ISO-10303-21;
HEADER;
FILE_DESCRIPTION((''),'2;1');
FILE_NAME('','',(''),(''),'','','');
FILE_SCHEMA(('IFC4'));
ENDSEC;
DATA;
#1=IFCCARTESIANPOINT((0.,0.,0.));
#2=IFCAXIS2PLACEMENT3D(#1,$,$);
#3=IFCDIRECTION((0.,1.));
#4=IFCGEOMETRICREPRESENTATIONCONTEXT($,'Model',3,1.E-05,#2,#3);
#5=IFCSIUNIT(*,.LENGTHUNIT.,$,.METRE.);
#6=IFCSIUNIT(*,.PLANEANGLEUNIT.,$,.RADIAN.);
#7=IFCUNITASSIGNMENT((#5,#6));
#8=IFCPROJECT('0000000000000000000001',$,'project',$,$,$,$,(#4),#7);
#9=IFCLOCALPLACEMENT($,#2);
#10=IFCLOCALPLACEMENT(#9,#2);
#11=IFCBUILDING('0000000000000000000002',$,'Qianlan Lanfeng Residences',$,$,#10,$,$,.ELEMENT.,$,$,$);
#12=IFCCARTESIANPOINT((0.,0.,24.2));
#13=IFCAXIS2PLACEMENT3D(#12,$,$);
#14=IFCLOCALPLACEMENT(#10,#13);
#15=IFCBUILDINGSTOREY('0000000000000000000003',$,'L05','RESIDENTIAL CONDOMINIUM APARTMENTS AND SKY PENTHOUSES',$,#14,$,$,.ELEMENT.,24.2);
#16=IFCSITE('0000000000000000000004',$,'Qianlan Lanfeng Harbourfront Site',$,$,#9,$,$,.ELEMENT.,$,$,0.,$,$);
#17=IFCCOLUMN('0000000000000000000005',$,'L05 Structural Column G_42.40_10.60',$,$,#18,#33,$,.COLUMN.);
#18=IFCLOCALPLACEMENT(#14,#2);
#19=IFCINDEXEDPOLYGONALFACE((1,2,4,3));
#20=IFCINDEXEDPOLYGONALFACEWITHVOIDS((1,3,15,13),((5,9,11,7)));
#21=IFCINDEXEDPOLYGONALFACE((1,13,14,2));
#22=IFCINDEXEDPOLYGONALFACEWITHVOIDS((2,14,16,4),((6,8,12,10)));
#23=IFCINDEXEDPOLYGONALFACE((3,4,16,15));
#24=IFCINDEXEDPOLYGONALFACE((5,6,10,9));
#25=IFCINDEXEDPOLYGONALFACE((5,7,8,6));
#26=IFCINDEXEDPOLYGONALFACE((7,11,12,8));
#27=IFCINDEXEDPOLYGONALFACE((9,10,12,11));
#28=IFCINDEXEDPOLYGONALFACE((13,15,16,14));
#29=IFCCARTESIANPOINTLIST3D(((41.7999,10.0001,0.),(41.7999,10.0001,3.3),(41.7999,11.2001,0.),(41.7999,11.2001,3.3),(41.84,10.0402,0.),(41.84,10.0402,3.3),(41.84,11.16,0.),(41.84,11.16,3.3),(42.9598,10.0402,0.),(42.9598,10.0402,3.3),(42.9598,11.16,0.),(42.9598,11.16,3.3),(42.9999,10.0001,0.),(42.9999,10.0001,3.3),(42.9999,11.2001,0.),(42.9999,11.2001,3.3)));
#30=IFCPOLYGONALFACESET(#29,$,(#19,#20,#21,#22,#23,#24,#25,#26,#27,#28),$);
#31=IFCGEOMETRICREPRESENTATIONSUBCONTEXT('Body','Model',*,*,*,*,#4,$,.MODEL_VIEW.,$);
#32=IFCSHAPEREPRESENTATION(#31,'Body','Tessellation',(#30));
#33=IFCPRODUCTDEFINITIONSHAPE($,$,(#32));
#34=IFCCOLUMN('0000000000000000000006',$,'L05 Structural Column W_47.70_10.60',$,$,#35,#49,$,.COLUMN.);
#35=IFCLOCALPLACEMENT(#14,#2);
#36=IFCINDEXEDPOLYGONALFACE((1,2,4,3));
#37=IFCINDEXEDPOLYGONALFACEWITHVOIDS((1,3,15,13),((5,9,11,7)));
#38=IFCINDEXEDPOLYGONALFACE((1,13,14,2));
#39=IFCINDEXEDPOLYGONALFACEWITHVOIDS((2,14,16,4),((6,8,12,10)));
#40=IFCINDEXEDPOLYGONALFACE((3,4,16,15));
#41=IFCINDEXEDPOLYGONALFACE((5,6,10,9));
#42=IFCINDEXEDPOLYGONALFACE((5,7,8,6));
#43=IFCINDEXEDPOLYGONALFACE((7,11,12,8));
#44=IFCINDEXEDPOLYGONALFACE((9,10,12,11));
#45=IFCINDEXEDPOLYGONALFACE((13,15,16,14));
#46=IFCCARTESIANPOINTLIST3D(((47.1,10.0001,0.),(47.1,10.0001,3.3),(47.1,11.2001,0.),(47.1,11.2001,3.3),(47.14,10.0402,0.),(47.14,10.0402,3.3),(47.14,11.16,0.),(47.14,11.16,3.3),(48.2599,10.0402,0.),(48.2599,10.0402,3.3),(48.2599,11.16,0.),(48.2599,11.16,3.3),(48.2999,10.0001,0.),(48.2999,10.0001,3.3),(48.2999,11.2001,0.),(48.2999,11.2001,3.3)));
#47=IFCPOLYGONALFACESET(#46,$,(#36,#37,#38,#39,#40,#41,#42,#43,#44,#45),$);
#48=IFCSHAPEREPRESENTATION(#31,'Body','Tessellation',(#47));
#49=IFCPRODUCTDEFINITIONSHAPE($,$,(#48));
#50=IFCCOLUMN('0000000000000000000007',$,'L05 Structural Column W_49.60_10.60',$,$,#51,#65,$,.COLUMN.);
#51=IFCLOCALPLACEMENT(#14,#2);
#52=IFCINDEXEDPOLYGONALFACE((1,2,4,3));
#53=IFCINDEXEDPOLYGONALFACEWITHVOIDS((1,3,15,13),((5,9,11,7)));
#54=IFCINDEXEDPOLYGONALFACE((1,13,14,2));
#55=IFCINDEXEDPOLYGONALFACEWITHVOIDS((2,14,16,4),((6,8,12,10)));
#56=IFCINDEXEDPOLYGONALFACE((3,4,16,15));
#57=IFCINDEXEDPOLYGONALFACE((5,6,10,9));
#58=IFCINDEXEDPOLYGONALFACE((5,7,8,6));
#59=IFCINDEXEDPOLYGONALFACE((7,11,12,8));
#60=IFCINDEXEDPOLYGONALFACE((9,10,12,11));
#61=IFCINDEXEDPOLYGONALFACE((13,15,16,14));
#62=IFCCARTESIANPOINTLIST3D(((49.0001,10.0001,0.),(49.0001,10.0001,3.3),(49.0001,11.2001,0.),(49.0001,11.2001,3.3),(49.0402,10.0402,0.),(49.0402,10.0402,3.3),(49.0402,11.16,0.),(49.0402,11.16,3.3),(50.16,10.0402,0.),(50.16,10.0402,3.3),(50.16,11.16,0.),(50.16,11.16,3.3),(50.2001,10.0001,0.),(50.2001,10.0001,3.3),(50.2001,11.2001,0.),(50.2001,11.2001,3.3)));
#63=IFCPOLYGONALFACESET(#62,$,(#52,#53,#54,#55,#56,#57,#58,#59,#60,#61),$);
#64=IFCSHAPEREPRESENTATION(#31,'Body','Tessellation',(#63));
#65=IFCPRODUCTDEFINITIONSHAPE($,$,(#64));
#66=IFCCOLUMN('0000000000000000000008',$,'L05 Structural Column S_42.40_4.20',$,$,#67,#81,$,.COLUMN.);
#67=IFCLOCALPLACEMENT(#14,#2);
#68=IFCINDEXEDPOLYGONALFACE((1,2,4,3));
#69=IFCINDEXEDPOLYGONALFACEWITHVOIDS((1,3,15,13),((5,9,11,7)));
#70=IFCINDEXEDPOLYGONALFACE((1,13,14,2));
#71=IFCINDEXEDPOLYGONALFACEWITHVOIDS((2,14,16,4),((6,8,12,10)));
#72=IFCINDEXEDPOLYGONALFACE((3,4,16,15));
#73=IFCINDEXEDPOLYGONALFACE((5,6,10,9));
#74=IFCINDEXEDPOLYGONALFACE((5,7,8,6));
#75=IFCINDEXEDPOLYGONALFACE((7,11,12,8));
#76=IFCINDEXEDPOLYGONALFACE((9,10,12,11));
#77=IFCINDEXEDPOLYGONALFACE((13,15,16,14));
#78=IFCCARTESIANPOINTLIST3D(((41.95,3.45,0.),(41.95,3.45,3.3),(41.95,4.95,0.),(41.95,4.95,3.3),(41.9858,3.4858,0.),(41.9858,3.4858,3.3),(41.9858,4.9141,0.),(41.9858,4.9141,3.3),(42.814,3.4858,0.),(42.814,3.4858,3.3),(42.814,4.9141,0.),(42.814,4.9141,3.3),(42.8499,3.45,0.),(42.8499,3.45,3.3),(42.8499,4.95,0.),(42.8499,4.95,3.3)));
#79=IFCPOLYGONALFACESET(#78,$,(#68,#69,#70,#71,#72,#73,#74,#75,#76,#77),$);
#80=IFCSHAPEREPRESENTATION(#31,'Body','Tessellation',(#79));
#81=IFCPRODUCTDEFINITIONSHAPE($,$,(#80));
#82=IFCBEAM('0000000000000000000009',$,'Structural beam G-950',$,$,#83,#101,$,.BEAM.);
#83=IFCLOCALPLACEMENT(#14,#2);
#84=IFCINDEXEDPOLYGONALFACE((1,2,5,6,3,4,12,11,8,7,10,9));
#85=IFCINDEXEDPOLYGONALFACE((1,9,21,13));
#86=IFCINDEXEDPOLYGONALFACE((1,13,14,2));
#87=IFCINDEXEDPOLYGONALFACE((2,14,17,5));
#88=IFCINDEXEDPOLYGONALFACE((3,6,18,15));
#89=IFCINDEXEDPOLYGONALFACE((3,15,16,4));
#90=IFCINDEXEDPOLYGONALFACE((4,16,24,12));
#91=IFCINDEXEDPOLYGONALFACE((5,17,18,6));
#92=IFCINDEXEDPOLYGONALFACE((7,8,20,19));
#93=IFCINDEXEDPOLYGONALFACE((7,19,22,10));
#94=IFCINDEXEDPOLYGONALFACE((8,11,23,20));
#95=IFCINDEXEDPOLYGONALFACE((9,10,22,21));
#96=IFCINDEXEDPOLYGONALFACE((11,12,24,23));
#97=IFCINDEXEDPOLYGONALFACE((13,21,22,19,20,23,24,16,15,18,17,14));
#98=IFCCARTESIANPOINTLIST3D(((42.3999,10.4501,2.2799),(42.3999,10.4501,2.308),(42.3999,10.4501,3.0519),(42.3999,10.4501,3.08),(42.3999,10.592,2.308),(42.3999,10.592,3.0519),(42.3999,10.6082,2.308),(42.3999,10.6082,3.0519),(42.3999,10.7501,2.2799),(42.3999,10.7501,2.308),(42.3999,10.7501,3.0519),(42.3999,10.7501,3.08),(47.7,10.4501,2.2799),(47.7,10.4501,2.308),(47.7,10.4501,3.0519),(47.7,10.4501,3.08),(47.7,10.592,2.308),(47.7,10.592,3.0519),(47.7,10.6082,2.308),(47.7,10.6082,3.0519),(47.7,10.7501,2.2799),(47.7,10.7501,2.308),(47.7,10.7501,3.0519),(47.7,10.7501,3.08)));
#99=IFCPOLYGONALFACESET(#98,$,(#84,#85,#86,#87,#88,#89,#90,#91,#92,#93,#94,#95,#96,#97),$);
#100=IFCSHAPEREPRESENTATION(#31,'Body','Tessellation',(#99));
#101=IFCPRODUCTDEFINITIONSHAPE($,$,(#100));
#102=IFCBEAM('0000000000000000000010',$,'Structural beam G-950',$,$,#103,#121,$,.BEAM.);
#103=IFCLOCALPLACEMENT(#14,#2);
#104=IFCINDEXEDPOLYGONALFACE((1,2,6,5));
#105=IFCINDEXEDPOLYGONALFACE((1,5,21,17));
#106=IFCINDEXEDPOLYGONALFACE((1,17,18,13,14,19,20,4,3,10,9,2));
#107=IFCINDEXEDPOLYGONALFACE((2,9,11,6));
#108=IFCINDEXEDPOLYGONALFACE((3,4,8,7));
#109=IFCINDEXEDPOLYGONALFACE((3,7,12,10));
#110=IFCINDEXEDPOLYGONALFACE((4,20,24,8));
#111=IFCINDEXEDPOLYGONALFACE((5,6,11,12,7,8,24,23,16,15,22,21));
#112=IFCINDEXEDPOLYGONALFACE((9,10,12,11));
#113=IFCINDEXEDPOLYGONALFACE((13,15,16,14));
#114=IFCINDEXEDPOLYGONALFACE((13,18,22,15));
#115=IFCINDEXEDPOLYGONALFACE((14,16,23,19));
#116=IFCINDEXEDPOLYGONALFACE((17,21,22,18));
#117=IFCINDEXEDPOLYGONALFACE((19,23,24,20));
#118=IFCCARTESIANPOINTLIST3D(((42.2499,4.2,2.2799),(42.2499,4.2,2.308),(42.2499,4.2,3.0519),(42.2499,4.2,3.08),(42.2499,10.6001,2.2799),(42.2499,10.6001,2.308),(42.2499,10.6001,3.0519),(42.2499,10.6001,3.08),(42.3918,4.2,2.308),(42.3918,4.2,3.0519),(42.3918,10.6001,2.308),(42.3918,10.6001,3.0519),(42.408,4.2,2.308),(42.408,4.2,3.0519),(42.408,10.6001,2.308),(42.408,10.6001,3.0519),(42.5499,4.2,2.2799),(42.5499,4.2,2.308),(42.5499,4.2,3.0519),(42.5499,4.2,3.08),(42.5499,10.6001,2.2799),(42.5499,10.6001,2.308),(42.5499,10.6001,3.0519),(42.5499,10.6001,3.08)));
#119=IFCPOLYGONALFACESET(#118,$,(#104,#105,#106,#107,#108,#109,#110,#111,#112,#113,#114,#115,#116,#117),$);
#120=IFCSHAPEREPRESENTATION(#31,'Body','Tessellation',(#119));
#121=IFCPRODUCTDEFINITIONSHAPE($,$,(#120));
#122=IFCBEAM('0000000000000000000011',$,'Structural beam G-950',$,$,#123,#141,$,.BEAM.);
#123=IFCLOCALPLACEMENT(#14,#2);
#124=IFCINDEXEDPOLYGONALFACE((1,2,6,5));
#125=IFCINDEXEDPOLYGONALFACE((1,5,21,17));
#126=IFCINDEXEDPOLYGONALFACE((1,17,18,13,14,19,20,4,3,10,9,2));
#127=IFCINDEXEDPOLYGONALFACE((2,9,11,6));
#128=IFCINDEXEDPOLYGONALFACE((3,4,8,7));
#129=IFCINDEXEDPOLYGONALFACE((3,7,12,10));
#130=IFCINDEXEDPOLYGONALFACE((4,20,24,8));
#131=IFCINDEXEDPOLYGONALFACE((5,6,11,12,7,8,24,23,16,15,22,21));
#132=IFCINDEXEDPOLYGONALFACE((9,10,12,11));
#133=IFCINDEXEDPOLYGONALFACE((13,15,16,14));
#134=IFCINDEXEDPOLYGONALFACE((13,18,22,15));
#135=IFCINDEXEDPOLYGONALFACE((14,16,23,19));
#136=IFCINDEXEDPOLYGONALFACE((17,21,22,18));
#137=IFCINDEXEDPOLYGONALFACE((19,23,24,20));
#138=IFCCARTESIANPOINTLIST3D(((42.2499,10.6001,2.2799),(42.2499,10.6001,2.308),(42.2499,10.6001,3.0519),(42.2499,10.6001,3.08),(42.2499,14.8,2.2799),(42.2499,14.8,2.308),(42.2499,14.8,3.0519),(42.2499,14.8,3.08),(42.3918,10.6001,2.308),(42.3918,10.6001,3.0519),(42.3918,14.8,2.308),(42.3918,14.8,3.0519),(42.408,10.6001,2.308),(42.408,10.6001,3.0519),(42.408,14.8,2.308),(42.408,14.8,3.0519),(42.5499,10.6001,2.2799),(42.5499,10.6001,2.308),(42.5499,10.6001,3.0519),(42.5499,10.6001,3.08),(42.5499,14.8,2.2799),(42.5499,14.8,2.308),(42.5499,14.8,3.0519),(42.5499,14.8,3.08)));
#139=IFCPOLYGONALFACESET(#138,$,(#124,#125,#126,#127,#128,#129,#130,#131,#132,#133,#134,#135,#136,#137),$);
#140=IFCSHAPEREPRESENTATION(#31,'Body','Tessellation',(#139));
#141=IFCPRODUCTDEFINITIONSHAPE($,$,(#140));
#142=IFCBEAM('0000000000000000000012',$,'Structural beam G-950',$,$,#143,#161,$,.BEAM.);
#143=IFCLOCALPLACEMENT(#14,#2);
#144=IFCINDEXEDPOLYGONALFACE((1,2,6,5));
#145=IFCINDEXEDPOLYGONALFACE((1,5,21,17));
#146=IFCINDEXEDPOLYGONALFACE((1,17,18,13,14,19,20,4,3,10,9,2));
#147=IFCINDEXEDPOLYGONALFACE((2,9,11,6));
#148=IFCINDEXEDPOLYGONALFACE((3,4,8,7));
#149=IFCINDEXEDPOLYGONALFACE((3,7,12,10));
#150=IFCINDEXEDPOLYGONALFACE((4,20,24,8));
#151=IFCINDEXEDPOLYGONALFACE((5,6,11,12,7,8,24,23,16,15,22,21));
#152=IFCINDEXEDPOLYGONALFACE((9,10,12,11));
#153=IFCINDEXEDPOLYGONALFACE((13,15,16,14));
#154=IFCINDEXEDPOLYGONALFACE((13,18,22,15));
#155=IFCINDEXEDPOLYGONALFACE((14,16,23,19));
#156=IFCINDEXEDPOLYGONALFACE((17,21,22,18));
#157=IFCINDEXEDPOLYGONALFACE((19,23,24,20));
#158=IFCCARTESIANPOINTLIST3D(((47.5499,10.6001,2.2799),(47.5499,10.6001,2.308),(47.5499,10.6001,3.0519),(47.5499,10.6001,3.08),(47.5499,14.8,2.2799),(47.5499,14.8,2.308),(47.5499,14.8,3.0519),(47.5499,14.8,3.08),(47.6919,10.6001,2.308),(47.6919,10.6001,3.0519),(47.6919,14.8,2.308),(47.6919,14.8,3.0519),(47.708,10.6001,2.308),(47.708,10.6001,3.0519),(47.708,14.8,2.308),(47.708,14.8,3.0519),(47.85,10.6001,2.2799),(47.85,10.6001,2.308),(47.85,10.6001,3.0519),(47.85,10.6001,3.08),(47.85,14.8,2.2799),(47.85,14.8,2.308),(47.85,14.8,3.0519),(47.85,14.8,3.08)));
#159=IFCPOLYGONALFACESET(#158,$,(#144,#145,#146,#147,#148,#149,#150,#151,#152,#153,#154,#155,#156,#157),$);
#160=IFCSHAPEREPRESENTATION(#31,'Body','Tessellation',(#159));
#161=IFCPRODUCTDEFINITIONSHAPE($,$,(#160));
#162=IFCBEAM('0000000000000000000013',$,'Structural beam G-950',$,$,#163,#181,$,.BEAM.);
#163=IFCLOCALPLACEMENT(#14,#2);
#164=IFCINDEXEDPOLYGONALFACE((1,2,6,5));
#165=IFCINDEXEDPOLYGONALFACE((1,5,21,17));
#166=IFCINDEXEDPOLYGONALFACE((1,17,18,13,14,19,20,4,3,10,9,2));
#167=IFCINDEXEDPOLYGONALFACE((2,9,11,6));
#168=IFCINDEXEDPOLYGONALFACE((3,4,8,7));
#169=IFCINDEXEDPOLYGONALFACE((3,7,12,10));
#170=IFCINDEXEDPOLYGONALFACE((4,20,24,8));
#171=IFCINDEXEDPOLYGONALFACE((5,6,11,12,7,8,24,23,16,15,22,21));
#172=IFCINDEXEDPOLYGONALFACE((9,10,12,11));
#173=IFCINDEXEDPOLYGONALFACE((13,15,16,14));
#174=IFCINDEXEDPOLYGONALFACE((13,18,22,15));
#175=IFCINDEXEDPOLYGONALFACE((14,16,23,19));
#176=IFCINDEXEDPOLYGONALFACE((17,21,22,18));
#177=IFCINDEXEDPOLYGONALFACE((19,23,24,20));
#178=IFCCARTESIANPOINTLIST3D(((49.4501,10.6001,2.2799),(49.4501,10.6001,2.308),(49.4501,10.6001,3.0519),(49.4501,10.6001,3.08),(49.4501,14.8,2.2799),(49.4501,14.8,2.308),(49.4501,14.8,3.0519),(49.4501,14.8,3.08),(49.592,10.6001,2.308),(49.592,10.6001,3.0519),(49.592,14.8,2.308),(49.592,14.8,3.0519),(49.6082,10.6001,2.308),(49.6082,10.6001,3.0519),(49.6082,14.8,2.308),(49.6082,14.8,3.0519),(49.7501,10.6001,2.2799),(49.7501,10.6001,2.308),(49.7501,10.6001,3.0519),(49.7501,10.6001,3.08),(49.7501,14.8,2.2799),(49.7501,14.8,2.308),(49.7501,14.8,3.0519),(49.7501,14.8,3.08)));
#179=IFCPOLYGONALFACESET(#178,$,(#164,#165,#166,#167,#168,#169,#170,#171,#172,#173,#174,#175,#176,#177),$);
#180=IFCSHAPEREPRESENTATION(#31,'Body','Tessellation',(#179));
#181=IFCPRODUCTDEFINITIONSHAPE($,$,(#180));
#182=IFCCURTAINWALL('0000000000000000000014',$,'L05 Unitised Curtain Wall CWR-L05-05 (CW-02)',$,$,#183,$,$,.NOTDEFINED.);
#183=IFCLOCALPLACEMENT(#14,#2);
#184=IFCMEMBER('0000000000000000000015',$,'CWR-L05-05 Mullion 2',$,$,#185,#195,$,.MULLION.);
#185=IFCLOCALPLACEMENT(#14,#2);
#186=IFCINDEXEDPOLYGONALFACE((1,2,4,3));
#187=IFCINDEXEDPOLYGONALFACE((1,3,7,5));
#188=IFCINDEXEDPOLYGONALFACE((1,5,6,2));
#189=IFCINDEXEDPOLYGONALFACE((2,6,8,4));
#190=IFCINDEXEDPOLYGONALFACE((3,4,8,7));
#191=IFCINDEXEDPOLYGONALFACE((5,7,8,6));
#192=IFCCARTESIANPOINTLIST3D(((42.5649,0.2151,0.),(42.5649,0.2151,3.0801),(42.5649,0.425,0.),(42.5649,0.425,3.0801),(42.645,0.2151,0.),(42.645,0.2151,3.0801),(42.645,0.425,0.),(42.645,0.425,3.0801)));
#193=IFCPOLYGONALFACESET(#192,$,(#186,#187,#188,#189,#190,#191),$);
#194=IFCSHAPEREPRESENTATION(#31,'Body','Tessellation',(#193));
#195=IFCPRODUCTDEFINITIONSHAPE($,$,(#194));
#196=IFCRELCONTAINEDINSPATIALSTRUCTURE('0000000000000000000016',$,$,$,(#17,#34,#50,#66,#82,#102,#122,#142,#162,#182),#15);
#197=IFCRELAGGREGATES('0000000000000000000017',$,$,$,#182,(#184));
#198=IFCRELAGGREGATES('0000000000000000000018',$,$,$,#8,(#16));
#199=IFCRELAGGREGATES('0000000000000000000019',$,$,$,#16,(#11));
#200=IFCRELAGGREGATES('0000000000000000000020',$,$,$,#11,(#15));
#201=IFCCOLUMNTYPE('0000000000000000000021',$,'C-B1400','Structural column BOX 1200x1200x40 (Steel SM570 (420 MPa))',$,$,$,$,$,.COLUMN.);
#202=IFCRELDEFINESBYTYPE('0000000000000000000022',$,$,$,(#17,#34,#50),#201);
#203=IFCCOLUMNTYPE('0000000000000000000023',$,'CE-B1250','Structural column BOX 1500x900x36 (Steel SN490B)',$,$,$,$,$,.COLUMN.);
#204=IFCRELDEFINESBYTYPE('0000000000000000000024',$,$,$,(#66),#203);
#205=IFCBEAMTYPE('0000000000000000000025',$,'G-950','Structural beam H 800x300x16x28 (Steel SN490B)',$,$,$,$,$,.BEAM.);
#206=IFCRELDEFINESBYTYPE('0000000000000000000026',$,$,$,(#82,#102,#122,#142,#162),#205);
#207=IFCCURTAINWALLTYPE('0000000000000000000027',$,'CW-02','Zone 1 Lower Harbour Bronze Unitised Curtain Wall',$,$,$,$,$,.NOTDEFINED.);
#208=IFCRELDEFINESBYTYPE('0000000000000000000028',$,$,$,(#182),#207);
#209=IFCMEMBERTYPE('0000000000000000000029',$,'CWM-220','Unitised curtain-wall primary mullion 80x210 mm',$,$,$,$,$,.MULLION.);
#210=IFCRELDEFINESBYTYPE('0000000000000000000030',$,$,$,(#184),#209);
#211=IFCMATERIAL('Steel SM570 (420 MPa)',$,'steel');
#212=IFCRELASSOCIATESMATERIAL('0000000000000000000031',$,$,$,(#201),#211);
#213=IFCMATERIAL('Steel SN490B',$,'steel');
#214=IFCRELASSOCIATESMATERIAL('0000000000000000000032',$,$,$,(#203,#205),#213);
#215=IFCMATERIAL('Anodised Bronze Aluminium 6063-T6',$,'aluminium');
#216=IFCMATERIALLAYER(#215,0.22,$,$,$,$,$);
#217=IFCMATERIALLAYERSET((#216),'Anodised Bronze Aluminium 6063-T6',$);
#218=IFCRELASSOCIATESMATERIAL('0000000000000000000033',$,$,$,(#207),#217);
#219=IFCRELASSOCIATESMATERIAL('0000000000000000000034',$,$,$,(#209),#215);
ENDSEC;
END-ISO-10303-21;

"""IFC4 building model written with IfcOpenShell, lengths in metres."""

from ifc_helpers import new_model, si_unit, direction, frame, origin, origin_2d, place, context, subcontext, project, spatial, rectangle, hollow_rectangle, i_section, extrude, source, transform, mapped, material, layer, layer_set, material_profile, profile_set, type_object, element, aggregate, save


model = new_model("IFC4")

# Units and contexts
model_context = context("Model", 3, precision=1e-05, world=origin(), true_north=direction((0.0, 1.0)))
body_context = subcontext(model_context, "Body", "Model", "MODEL_VIEW")
ifc_project = project(units=[si_unit("LENGTHUNIT", "METRE"), si_unit("PLANEANGLEUNIT", "RADIAN")], contexts=[model_context])

# Site, building, storey
site_placement = place(None, origin())
site = spatial("IfcSite", under=ifc_project, at=site_placement, Name="Qianlan Lanfeng Harbourfront Site", CompositionType="ELEMENT", RefElevation=0.0)
building_placement = place(site_placement, origin())
building = spatial("IfcBuilding", under=site, at=building_placement, Name="Qianlan Lanfeng Residences", CompositionType="ELEMENT")
storey_placement = place(building_placement, frame((0.0, 0.0, 24.2)))
storey = spatial("IfcBuildingStorey", under=building, at=storey_placement, Name="L05", Description="RESIDENTIAL CONDOMINIUM APARTMENTS AND SKY PENTHOUSES", CompositionType="ELEMENT", Elevation=24.2)

# Columns
ifc_material_1 = material(Name="Steel SM570 (420 MPa)", Category="steel")
ifc_material_profile_1 = material_profile(ifc_material_1, hollow_rectangle(XDim=1.2, YDim=1.2, WallThickness=0.04, at=origin_2d()), Name="BOX 1200x1200x40")
ifc_profile_set_1 = profile_set([ifc_material_profile_1], Name="Steel SM570 (420 MPa)")
column_type_1 = type_object("IfcColumnType", Name="C-B1400", Description="Structural column BOX 1200x1200x40 (Steel SM570 (420 MPa))", PredefinedType="COLUMN", material=ifc_profile_set_1)
for number, where, z_axis, x_axis, name in (
    (1, (42.3999, 10.6001, 0.0), (0.0, 0.0, 1.0), (1.0, 0.0, 0.0), "L05 Structural Column G_42.40_10.60"),
    (2, (47.7, 10.6001, 0.0), (0.0, 0.0, 1.0), (1.0, 0.0, 0.0), "L05 Structural Column W_47.70_10.60"),
    (3, (49.6001, 10.6001, 0.0), (0.0, 0.0, 1.0), (1.0, 0.0, 0.0), "L05 Structural Column W_49.60_10.60"),
):
    element("IfcColumn", number, at=place(storey_placement, frame(where, z_axis=z_axis, x_axis=x_axis)), inside=storey, type_object=column_type_1, Name=name, PredefinedType="COLUMN", context=body_context, shape_type="SweptSolid", body=[
        extrude(hollow_rectangle(XDim=1.2, YDim=1.2, WallThickness=0.04, at=origin_2d()), origin(), (0.0, 0.0, 1.0), 3.3),
    ])
ifc_material_2 = material(Name="Steel SN490B", Category="steel")
ifc_material_profile_2 = material_profile(ifc_material_2, hollow_rectangle(XDim=0.8999, YDim=1.5, WallThickness=0.0359, at=origin_2d()), Name="BOX 1500x900x36")
ifc_profile_set_2 = profile_set([ifc_material_profile_2], Name="Steel SN490B")
column_type_2 = type_object("IfcColumnType", Name="CE-B1250", Description="Structural column BOX 1500x900x36 (Steel SN490B)", PredefinedType="COLUMN", material=ifc_profile_set_2)
column_placement = place(storey_placement, frame((42.3999, 4.2, 0.0), z_axis=(0.0, 0.0, 1.0), x_axis=(1.0, 0.0, 0.0)))
element("IfcColumn", 4, at=column_placement, inside=storey, type_object=column_type_2, Name="L05 Structural Column S_42.40_4.20", PredefinedType="COLUMN", context=body_context, shape_type="SweptSolid", body=[
    extrude(hollow_rectangle(XDim=0.8999, YDim=1.5, WallThickness=0.0359, at=origin_2d()), origin(), (0.0, 0.0, 1.0), 3.3),
])

# Beams
ifc_material_profile_3 = material_profile(ifc_material_2, i_section(OverallWidth=0.3, OverallDepth=0.8, WebThickness=0.0161, FlangeThickness=0.0281, at=origin_2d()), Name="H 800x300x16x28")
ifc_profile_set_3 = profile_set([ifc_material_profile_3], Name="Steel SN490B")
beam_type = type_object("IfcBeamType", Name="G-950", Description="Structural beam H 800x300x16x28 (Steel SN490B)", PredefinedType="BEAM", material=ifc_profile_set_3)
beam_1_placement = place(storey_placement, frame((42.3999, 10.6001, 2.6799), z_axis=(1.0, 0.0, 0.0), x_axis=(0.0, 1.0, 0.0)))
element("IfcBeam", 5, at=beam_1_placement, inside=storey, type_object=beam_type, Name="Structural beam G-950", PredefinedType="BEAM", context=body_context, shape_type="SweptSolid", body=[
    extrude(i_section(OverallWidth=0.3, OverallDepth=0.8, WebThickness=0.0161, FlangeThickness=0.0281, at=origin_2d()), origin(), (0.0, 0.0, 1.0), 5.3),
])
beam_2_placement = place(storey_placement, frame((42.3999, 4.2, 2.6799), z_axis=(0.0, 1.0, 0.0), x_axis=(-1.0, 0.0, 0.0)))
element("IfcBeam", 6, at=beam_2_placement, inside=storey, type_object=beam_type, Name="Structural beam G-950", PredefinedType="BEAM", context=body_context, shape_type="SweptSolid", body=[
    extrude(i_section(OverallWidth=0.3, OverallDepth=0.8, WebThickness=0.0161, FlangeThickness=0.0281, at=origin_2d()), origin(), (0.0, 0.0, 1.0), 6.4001),
])
for number, where, z_axis, x_axis, name in (
    (7, (42.3999, 10.6001, 2.6799), (0.0, 1.0, 0.0), (-1.0, 0.0, 0.0), "Structural beam G-950"),
    (8, (47.7, 10.6001, 2.6799), (0.0, 1.0, 0.0), (-1.0, 0.0, 0.0), "Structural beam G-950"),
    (9, (49.6001, 10.6001, 2.6799), (0.0, 1.0, 0.0), (-1.0, 0.0, 0.0), "Structural beam G-950"),
):
    element("IfcBeam", number, at=place(storey_placement, frame(where, z_axis=z_axis, x_axis=x_axis)), inside=storey, type_object=beam_type, Name=name, PredefinedType="BEAM", context=body_context, shape_type="SweptSolid", body=[
        extrude(i_section(OverallWidth=0.3, OverallDepth=0.8, WebThickness=0.0161, FlangeThickness=0.0281, at=origin_2d()), origin(), (0.0, 0.0, 1.0), 4.2),
    ])

# Curtain wall, member
ifc_material_3 = material(Name="Anodised Bronze Aluminium 6063-T6", Category="aluminium")
ifc_layer_1 = layer(ifc_material_3, 0.22)
ifc_layer_set_1 = layer_set([ifc_layer_1], Name="Anodised Bronze Aluminium 6063-T6")
curtain_wall_type = type_object("IfcCurtainWallType", Name="CW-02", Description="Zone 1 Lower Harbour Bronze Unitised Curtain Wall", PredefinedType="NOTDEFINED", material=ifc_layer_set_1)
curtain_wall_placement = place(storey_placement, origin())
curtain_wall = element("IfcCurtainWall", 10, at=curtain_wall_placement, inside=storey, type_object=curtain_wall_type, Name="L05 Unitised Curtain Wall CWR-L05-05 (CW-02)", PredefinedType="NOTDEFINED")
ifc_material_profile_4 = material_profile(ifc_material_3, rectangle(XDim=0.0801, YDim=0.21, at=origin_2d()), Name="ALU MULLION 80x210")
ifc_profile_set_4 = profile_set([ifc_material_profile_4], Name="Anodised Bronze Aluminium 6063-T6")
member_type_1 = type_object("IfcMemberType", Name="CWM-220", Description="Unitised curtain-wall primary mullion 80x210 mm", PredefinedType="MULLION", material=ifc_profile_set_4)
shared_shape_1 = source(origin(), body_context, "Body", "SweptSolid", [
    extrude(rectangle(XDim=0.0801, YDim=0.21, at=origin_2d()), origin(), (0.0, 0.0, 1.0), 3.0801),
])
member_1_placement = place(storey_placement, frame((42.605, 0.3201, 0.0), z_axis=(0.0, 0.0, 1.0), x_axis=(1.0, 0.0, 0.0)))
member_1 = element("IfcMember", 11, at=member_1_placement, type_object=member_type_1, Name="CWR-L05-05 Mullion 2", PredefinedType="MULLION", context=body_context, shape_type="MappedRepresentation", body=[
    mapped(shared_shape_1, transform((0.0, 0.0, 0.0), scale=1.0)),
])
aggregate(curtain_wall, [member_1])

save(model, "model.ifc")
